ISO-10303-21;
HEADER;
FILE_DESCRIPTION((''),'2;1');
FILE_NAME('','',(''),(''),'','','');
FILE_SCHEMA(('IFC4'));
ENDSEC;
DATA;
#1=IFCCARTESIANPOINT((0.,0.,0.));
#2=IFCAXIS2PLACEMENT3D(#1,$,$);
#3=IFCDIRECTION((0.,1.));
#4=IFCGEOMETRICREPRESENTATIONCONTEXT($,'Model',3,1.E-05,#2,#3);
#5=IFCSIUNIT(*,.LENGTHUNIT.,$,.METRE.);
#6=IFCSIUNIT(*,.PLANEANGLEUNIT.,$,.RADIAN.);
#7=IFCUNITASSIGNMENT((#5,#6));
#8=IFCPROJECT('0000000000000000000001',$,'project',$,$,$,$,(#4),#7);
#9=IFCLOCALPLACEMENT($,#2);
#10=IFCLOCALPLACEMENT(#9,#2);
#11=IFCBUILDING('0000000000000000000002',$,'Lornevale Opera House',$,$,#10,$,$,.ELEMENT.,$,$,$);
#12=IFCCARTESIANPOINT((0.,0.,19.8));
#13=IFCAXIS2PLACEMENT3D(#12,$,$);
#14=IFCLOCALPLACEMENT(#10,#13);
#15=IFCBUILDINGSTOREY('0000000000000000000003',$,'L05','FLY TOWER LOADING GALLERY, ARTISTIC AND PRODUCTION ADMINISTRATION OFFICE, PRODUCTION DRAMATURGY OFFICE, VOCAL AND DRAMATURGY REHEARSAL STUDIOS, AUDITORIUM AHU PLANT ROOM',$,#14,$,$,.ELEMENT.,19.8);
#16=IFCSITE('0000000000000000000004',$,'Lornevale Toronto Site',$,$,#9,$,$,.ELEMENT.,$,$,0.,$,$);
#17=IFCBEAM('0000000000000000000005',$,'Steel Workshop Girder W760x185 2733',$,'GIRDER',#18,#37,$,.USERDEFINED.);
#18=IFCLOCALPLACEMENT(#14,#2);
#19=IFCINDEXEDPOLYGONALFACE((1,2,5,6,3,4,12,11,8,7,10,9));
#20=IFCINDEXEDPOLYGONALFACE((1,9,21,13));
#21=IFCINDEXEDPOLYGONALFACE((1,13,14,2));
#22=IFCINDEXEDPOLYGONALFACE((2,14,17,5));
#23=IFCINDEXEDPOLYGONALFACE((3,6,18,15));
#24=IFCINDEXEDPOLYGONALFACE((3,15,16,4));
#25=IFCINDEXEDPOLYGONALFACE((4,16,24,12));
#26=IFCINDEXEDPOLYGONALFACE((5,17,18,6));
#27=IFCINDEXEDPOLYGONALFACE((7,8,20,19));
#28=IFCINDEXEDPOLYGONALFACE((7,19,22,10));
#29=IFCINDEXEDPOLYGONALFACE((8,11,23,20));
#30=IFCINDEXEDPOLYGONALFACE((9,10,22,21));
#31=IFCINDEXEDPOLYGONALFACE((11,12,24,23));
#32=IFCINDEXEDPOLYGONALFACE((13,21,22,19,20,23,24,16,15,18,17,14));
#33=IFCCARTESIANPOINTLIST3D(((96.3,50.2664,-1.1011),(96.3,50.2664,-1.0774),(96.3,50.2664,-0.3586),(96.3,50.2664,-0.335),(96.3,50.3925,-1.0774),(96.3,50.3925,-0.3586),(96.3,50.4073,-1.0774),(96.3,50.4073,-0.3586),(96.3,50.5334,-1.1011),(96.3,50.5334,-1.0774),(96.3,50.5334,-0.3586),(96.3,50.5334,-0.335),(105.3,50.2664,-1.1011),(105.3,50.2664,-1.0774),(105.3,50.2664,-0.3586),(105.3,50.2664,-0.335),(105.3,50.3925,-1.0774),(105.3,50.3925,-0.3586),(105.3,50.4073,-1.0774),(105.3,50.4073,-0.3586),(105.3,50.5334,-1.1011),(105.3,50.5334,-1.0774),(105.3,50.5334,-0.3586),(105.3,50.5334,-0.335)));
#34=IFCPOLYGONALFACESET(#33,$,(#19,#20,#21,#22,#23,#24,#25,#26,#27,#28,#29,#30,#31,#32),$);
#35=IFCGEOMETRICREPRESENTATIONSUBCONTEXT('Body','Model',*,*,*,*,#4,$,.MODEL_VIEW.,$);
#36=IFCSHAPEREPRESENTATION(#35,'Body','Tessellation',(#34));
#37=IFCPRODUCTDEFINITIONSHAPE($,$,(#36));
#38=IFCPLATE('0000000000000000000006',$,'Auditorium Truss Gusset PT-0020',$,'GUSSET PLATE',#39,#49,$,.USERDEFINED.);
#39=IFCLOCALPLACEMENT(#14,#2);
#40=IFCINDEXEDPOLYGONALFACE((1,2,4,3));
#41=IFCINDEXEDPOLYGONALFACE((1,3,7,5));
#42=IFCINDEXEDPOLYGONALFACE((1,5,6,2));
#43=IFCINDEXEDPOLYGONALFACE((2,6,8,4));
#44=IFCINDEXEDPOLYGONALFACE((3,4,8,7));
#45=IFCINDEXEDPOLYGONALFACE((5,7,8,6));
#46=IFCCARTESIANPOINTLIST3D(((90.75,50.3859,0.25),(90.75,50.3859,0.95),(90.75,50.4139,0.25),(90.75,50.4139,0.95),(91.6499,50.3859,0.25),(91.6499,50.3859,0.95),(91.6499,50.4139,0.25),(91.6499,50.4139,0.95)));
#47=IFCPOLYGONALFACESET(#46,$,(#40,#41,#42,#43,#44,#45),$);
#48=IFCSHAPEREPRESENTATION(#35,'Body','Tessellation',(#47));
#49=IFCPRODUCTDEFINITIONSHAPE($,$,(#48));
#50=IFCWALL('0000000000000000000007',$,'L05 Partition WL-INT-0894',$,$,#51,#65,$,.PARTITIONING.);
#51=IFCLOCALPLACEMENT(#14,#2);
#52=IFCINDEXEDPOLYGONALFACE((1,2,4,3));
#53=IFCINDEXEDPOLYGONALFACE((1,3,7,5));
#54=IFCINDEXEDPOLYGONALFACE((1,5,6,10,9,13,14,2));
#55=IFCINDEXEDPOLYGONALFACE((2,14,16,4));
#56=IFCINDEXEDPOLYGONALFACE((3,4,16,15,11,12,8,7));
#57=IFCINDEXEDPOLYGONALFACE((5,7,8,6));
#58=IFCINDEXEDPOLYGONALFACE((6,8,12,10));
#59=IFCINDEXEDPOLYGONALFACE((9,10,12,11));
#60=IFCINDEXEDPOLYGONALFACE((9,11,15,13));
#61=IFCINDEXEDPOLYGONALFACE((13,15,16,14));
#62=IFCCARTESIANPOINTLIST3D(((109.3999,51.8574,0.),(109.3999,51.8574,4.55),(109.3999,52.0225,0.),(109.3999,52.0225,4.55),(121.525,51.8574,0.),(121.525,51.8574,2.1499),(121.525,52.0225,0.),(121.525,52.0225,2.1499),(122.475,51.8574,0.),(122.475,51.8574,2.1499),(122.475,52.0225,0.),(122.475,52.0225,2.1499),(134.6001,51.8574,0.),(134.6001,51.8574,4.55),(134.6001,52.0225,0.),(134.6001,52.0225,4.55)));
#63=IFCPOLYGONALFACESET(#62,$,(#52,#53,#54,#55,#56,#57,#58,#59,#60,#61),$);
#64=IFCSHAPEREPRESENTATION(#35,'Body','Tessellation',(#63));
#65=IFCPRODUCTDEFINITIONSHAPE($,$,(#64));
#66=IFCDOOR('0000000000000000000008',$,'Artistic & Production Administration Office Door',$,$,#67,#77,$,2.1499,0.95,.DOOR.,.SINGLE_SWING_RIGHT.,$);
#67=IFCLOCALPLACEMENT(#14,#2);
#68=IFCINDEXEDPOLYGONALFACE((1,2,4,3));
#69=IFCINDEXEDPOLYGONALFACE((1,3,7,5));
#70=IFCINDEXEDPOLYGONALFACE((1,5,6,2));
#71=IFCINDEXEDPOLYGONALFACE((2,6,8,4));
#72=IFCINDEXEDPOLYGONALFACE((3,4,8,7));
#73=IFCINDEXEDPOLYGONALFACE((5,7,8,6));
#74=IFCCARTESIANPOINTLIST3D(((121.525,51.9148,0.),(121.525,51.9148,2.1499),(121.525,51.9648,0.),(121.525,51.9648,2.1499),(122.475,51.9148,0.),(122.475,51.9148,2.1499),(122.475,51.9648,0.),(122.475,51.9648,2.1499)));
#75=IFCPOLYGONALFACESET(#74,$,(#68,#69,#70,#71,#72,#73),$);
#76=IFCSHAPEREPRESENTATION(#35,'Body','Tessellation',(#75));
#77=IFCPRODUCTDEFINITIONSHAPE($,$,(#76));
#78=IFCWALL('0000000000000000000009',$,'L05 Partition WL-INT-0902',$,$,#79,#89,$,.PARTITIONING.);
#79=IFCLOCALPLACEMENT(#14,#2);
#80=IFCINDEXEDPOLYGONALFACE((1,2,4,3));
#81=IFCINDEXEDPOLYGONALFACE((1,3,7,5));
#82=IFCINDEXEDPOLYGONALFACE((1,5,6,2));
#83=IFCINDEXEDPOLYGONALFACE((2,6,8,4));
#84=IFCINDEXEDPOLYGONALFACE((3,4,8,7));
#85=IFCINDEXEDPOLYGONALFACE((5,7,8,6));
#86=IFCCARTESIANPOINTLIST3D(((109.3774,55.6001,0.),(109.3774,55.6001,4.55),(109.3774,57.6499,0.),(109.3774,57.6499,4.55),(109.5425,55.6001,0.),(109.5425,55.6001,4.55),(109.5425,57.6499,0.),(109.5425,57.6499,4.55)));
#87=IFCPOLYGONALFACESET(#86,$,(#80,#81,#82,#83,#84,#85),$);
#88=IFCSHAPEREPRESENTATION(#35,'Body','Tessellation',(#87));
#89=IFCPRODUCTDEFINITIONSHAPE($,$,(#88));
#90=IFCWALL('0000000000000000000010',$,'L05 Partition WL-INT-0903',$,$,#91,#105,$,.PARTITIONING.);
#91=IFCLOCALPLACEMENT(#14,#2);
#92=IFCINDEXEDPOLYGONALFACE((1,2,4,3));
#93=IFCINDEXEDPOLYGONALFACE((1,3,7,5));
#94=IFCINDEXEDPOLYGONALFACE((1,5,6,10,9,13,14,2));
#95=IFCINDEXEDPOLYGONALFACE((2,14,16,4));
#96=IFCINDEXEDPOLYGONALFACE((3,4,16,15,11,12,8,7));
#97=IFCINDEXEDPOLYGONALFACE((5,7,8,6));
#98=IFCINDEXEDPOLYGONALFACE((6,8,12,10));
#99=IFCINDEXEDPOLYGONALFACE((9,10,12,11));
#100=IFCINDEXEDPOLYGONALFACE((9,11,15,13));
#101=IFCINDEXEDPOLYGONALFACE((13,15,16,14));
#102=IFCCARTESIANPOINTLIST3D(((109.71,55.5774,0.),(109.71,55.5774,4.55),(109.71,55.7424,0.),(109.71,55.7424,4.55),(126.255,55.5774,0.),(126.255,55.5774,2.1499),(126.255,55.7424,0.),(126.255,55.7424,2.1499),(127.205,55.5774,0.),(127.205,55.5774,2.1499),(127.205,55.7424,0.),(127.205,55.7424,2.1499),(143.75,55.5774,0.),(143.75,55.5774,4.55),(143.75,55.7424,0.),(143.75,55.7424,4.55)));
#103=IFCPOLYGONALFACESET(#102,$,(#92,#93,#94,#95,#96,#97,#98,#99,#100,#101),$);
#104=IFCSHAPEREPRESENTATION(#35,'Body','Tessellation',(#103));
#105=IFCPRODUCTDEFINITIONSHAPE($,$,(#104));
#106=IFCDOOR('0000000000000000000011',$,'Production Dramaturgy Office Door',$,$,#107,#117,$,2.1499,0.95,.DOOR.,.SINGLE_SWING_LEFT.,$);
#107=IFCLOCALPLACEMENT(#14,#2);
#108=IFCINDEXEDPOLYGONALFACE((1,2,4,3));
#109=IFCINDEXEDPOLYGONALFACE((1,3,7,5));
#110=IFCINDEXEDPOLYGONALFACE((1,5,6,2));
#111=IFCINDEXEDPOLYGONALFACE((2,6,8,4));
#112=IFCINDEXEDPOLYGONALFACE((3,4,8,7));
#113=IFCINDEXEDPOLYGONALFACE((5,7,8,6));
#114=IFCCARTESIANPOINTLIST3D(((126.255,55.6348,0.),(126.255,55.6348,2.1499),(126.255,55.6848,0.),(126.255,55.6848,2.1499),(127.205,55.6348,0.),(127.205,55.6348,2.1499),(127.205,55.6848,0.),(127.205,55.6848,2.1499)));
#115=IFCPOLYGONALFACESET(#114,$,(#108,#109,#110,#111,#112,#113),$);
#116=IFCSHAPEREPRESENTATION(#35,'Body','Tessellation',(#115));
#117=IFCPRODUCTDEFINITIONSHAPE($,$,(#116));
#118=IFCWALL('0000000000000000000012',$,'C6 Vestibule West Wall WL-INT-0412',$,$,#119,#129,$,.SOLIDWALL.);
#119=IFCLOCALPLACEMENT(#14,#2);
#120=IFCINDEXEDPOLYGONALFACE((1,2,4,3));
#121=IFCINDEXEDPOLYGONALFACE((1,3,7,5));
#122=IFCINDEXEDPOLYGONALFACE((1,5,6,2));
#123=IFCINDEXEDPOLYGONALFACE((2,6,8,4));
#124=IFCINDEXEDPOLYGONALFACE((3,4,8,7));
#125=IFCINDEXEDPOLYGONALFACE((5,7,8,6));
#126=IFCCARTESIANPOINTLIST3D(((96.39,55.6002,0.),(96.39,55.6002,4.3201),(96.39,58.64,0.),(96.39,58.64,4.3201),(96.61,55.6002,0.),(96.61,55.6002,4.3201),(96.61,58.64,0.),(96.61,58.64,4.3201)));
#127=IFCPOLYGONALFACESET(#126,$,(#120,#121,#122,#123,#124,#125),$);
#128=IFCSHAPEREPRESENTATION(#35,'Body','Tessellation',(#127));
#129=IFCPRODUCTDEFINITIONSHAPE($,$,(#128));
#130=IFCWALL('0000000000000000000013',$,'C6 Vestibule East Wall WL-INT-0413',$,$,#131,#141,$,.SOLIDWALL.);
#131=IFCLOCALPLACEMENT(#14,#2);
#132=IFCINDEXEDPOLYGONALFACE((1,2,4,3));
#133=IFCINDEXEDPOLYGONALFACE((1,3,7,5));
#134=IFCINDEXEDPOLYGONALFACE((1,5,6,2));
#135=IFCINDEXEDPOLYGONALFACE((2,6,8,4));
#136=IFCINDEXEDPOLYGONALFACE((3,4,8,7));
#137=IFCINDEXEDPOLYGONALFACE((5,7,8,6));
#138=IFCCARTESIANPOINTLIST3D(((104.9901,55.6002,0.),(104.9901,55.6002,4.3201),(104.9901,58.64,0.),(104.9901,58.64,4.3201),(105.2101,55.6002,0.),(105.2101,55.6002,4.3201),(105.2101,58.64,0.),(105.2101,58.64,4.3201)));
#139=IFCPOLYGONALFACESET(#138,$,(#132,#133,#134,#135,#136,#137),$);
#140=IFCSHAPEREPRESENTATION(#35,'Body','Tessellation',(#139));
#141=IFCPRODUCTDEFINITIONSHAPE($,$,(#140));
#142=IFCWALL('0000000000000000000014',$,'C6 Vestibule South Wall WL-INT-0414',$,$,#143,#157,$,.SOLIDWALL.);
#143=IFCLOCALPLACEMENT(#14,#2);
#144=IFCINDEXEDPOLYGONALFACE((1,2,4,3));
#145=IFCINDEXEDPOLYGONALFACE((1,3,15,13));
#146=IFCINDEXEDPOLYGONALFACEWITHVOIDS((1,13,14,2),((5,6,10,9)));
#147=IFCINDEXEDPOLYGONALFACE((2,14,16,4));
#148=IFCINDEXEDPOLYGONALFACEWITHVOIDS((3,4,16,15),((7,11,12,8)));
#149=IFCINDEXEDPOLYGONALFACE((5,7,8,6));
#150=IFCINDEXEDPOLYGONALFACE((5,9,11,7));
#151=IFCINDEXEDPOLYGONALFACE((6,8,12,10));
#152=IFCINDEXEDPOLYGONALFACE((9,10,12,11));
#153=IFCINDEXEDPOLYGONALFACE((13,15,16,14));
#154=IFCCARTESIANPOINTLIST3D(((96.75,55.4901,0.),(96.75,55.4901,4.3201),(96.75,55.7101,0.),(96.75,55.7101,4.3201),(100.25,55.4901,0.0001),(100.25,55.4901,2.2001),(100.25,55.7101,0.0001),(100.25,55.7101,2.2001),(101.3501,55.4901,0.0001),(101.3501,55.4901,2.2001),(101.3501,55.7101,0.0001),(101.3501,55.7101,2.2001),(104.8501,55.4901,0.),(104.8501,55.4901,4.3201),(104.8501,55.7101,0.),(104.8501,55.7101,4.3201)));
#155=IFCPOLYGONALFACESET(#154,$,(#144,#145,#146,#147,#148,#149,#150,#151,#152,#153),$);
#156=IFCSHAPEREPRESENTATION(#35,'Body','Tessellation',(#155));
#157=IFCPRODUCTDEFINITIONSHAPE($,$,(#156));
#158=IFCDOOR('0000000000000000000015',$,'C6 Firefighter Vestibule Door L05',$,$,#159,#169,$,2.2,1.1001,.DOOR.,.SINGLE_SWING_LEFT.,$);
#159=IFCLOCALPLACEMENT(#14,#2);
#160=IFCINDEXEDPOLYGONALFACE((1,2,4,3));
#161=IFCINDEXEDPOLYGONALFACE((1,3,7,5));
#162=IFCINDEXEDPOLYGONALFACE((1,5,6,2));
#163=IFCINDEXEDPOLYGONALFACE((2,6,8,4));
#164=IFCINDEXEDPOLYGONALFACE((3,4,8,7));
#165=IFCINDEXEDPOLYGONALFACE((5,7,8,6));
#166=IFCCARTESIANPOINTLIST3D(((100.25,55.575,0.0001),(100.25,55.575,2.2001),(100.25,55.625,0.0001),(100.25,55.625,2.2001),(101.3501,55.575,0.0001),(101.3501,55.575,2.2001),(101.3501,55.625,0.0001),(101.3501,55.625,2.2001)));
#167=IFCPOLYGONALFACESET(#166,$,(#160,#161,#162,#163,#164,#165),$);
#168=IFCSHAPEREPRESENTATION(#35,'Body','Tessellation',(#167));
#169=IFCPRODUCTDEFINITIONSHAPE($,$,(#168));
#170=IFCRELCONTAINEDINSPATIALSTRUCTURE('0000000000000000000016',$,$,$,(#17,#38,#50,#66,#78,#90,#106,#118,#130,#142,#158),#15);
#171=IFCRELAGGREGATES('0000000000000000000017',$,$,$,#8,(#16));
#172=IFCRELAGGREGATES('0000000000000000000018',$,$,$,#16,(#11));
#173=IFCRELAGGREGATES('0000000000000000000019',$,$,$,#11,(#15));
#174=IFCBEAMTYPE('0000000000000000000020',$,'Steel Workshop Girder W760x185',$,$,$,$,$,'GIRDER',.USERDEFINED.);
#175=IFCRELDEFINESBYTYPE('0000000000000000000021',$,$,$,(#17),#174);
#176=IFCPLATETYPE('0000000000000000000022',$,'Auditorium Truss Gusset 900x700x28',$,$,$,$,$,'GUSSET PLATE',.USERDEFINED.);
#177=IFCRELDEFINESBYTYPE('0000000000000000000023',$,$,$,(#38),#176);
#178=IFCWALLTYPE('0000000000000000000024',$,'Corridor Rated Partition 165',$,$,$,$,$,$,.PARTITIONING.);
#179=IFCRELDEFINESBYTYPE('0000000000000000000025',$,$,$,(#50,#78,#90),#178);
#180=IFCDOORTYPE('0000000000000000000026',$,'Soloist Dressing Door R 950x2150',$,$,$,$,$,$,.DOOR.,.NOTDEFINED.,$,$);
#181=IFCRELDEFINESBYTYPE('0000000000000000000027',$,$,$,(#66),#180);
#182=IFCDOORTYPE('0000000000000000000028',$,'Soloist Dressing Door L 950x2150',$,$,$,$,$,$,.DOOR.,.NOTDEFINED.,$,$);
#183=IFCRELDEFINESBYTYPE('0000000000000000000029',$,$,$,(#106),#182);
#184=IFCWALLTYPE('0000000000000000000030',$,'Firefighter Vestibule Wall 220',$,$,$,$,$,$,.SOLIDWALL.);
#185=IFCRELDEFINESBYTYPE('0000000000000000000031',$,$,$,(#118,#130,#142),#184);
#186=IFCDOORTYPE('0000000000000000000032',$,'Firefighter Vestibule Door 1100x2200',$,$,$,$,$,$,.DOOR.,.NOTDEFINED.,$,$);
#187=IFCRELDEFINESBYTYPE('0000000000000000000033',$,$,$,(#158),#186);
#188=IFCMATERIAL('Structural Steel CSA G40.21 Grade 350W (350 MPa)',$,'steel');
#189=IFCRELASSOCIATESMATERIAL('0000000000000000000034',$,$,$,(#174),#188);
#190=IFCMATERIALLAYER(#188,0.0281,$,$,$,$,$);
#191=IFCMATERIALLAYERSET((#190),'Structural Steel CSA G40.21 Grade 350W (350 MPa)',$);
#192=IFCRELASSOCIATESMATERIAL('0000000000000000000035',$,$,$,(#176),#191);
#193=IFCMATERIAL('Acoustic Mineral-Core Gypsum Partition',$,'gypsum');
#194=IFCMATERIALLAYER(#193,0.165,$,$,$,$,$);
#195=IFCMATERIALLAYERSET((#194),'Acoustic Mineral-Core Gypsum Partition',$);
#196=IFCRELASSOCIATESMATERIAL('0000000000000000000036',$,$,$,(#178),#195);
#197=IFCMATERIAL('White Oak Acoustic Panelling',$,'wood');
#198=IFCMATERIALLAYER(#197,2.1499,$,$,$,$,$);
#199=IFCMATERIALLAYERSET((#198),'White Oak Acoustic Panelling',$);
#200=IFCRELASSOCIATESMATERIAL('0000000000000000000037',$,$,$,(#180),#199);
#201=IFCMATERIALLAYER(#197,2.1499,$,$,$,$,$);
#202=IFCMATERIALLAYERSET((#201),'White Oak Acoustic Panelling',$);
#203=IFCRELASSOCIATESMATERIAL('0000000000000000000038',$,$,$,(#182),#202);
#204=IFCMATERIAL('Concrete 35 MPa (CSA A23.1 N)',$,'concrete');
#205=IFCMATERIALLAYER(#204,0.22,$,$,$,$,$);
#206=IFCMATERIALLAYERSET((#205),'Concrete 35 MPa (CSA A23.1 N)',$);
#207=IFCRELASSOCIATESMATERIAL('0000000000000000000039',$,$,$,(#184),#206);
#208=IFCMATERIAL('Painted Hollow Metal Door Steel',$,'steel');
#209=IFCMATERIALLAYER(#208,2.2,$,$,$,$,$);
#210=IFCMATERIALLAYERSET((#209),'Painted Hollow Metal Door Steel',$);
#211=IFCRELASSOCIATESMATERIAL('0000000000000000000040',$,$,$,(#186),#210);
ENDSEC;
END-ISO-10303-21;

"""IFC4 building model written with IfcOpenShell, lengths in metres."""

from ifc_helpers import new_model, si_unit, direction, frame, frame_2d, origin, origin_2d, place, context, subcontext, project, spatial, rectangle, i_section, extrude, material, layer, layer_set, material_profile, profile_set, type_object, element, fill, save


model = new_model("IFC4")

# Units and contexts
model_context = context("Model", 3, precision=1e-05, world=origin(), true_north=direction((0.0, 1.0)))
body_context = subcontext(model_context, "Body", "Model", "MODEL_VIEW")
ifc_project = project(units=[si_unit("LENGTHUNIT", "METRE"), si_unit("PLANEANGLEUNIT", "RADIAN")], contexts=[model_context])

# Site, building, storey
site_placement = place(None, origin())
site = spatial("IfcSite", under=ifc_project, at=site_placement, Name="Lornevale Toronto Site", CompositionType="ELEMENT", RefElevation=0.0)
building_placement = place(site_placement, origin())
building = spatial("IfcBuilding", under=site, at=building_placement, Name="Lornevale Opera House", CompositionType="ELEMENT")
storey_placement = place(building_placement, frame((0.0, 0.0, 19.8)))
storey = spatial("IfcBuildingStorey", under=building, at=storey_placement, Name="L05", Description="FLY TOWER LOADING GALLERY, ARTISTIC AND PRODUCTION ADMINISTRATION OFFICE, PRODUCTION DRAMATURGY OFFICE, VOCAL AND DRAMATURGY REHEARSAL STUDIOS, AUDITORIUM AHU PLANT ROOM", CompositionType="ELEMENT", Elevation=19.8)

# Shared definitions
ifc_material_1 = material(Name="Structural Steel CSA G40.21 Grade 350W (350 MPa)", Category="steel")

# Beam
ifc_material_profile_1 = material_profile(ifc_material_1, i_section(OverallWidth=0.2671, OverallDepth=0.7661, WebThickness=0.0149, FlangeThickness=0.0237, at=origin_2d()), Name="W760x185")
ifc_profile_set_1 = profile_set([ifc_material_profile_1], Name="Structural Steel CSA G40.21 Grade 350W (350 MPa)")
beam_type_1 = type_object("IfcBeamType", Name="Steel Workshop Girder W760x185", ElementType="GIRDER", PredefinedType="USERDEFINED", material=ifc_profile_set_1)
beam_1_placement = place(storey_placement, frame((96.3, 50.3999, -0.718), z_axis=(1.0, 0.0, 0.0), x_axis=(0.0, 1.0, 0.0)))
element("IfcBeam", 1, at=beam_1_placement, inside=storey, type_object=beam_type_1, Name="Steel Workshop Girder W760x185 2733", ObjectType="GIRDER", PredefinedType="USERDEFINED", context=body_context, shape_type="SweptSolid", body=[
    extrude(i_section(OverallWidth=0.2671, OverallDepth=0.7661, WebThickness=0.0149, FlangeThickness=0.0237, at=origin_2d()), origin(), (0.0, 0.0, 1.0), 9.0),
])

# Plate
ifc_layer_1 = layer(ifc_material_1, 0.0281)
ifc_layer_set_1 = layer_set([ifc_layer_1], Name="Structural Steel CSA G40.21 Grade 350W (350 MPa)")
plate_type = type_object("IfcPlateType", Name="Auditorium Truss Gusset 900x700x28", ElementType="GUSSET PLATE", PredefinedType="USERDEFINED", material=ifc_layer_set_1)
plate_placement = place(storey_placement, frame((91.2, 50.3999, 0.25), z_axis=(0.0, 0.0, 1.0), x_axis=(1.0, 0.0, 0.0)))
element("IfcPlate", 2, at=plate_placement, inside=storey, type_object=plate_type, Name="Auditorium Truss Gusset PT-0020", ObjectType="GUSSET PLATE", PredefinedType="USERDEFINED", context=body_context, shape_type="SweptSolid", body=[
    extrude(rectangle(XDim=0.8999, YDim=0.0281, at=origin_2d()), origin(), (0.0, 0.0, 1.0), 0.7),
])

# Wall, opening, door
ifc_material_2 = material(Name="Acoustic Mineral-Core Gypsum Partition", Category="gypsum")
ifc_layer_2 = layer(ifc_material_2, 0.165)
ifc_layer_set_2 = layer_set([ifc_layer_2], Name="Acoustic Mineral-Core Gypsum Partition")
wall_type_1 = type_object("IfcWallType", Name="Corridor Rated Partition 165", PredefinedType="PARTITIONING", material=ifc_layer_set_2)
wall_1_placement = place(storey_placement, frame((109.3999, 51.9399, 0.0), z_axis=(0.0, 0.0, 1.0), x_axis=(1.0, 0.0, 0.0)))
wall_1 = element("IfcWall", 3, at=wall_1_placement, inside=storey, type_object=wall_type_1, Name="L05 Partition WL-INT-0894", PredefinedType="PARTITIONING", context=body_context, shape_type="SweptSolid", body=[
    extrude(rectangle(XDim=25.2002, YDim=0.165, at=frame_2d((12.6001, 0.0))), origin(), (0.0, 0.0, 1.0), 4.55),
])
opening_1_placement = place(wall_1_placement, frame((12.125, 0.0, 0.0)))
opening_1 = element("IfcOpeningElement", 4, at=opening_1_placement, cuts=wall_1, PredefinedType="OPENING", context=body_context, shape_type="SweptSolid", body=[
    extrude(rectangle(XDim=0.95, YDim=2.1499, at=frame_2d((0.4751, 1.075))), frame((0.0, 0.0925, 0.0), z_axis=(0.0, -1.0, 0.0), x_axis=(1.0, 0.0, 0.0)), (0.0, 0.0, 1.0), 0.1851),
])
ifc_material_3 = material(Name="White Oak Acoustic Panelling", Category="wood")
ifc_layer_3 = layer(ifc_material_3, 2.1499)
ifc_layer_set_3 = layer_set([ifc_layer_3], Name="White Oak Acoustic Panelling")
door_type_1 = type_object("IfcDoorType", Name="Soloist Dressing Door R 950x2150", OperationType="NOTDEFINED", PredefinedType="DOOR", material=ifc_layer_set_3)
door_1_placement = place(opening_1_placement, origin())
door_1 = element("IfcDoor", 5, at=door_1_placement, inside=storey, type_object=door_type_1, Name="Artistic & Production Administration Office Door", OperationType="SINGLE_SWING_RIGHT", OverallHeight=2.1499, OverallWidth=0.95, PredefinedType="DOOR", context=body_context, shape_type="SweptSolid", body=[
    extrude(rectangle(XDim=0.95, YDim=2.1499, at=frame_2d((0.4751, 1.075))), frame((0.0, 0.0249, 0.0), z_axis=(0.0, -1.0, 0.0), x_axis=(1.0, 0.0, 0.0)), (0.0, 0.0, 1.0), 0.05),
])
fill(opening_1, door_1)

# Wall
wall_2_placement = place(storey_placement, frame((109.46, 55.6001, 0.0), z_axis=(0.0, 0.0, 1.0), x_axis=(0.0, 1.0, 0.0)))
element("IfcWall", 6, at=wall_2_placement, inside=storey, type_object=wall_type_1, Name="L05 Partition WL-INT-0902", PredefinedType="PARTITIONING", context=body_context, shape_type="SweptSolid", body=[
    extrude(rectangle(XDim=2.0498, YDim=0.165, at=frame_2d((1.0249, 0.0))), origin(), (0.0, 0.0, 1.0), 4.55),
])

# Wall, opening, door
wall_3_placement = place(storey_placement, frame((109.71, 55.6599, 0.0), z_axis=(0.0, 0.0, 1.0), x_axis=(1.0, 0.0, 0.0)))
wall_3 = element("IfcWall", 7, at=wall_3_placement, inside=storey, type_object=wall_type_1, Name="L05 Partition WL-INT-0903", PredefinedType="PARTITIONING", context=body_context, shape_type="SweptSolid", body=[
    extrude(rectangle(XDim=34.04, YDim=0.165, at=frame_2d((17.02, 0.0))), origin(), (0.0, 0.0, 1.0), 4.55),
])
opening_2_placement = place(wall_3_placement, frame((16.5449, 0.0, 0.0)))
opening_2 = element("IfcOpeningElement", 8, at=opening_2_placement, cuts=wall_3, PredefinedType="OPENING", context=body_context, shape_type="SweptSolid", body=[
    extrude(rectangle(XDim=0.95, YDim=2.1499, at=frame_2d((0.4751, 1.075))), frame((0.0, 0.0925, 0.0), z_axis=(0.0, -1.0, 0.0), x_axis=(1.0, 0.0, 0.0)), (0.0, 0.0, 1.0), 0.1851),
])
ifc_layer_4 = layer(ifc_material_3, 2.1499)
ifc_layer_set_4 = layer_set([ifc_layer_4], Name="White Oak Acoustic Panelling")
door_type_2 = type_object("IfcDoorType", Name="Soloist Dressing Door L 950x2150", OperationType="NOTDEFINED", PredefinedType="DOOR", material=ifc_layer_set_4)
door_2_placement = place(opening_2_placement, origin())
door_2 = element("IfcDoor", 9, at=door_2_placement, inside=storey, type_object=door_type_2, Name="Production Dramaturgy Office Door", OperationType="SINGLE_SWING_LEFT", OverallHeight=2.1499, OverallWidth=0.95, PredefinedType="DOOR", context=body_context, shape_type="SweptSolid", body=[
    extrude(rectangle(XDim=0.95, YDim=2.1499, at=frame_2d((0.4751, 1.075))), frame((0.0, 0.0249, 0.0), z_axis=(0.0, -1.0, 0.0), x_axis=(1.0, 0.0, 0.0)), (0.0, 0.0, 1.0), 0.05),
])
fill(opening_2, door_2)

# Walls
ifc_material_4 = material(Name="Concrete 35 MPa (CSA A23.1 N)", Category="concrete")
ifc_layer_5 = layer(ifc_material_4, 0.22)
ifc_layer_set_5 = layer_set([ifc_layer_5], Name="Concrete 35 MPa (CSA A23.1 N)")
wall_type_2 = type_object("IfcWallType", Name="Firefighter Vestibule Wall 220", PredefinedType="SOLIDWALL", material=ifc_layer_set_5)
for number, where, z_axis, x_axis, name in (
    (10, (96.5, 55.6001, 0.0), (0.0, 0.0, 1.0), (0.0, 1.0, 0.0), "C6 Vestibule West Wall WL-INT-0412"),
    (11, (105.1001, 55.6001, 0.0), (0.0, 0.0, 1.0), (0.0, 1.0, 0.0), "C6 Vestibule East Wall WL-INT-0413"),
):
    element("IfcWall", number, at=place(storey_placement, frame(where, z_axis=z_axis, x_axis=x_axis)), inside=storey, type_object=wall_type_2, Name=name, PredefinedType="SOLIDWALL", context=body_context, shape_type="SweptSolid", body=[
        extrude(rectangle(XDim=3.0398, YDim=0.22, at=frame_2d((1.52, 0.0))), origin(), (0.0, 0.0, 1.0), 4.3201),
    ])

# Wall, opening, door
wall_4_placement = place(storey_placement, frame((96.75, 55.6001, 0.0), z_axis=(0.0, 0.0, 1.0), x_axis=(1.0, 0.0, 0.0)))
wall_4 = element("IfcWall", 12, at=wall_4_placement, inside=storey, type_object=wall_type_2, Name="C6 Vestibule South Wall WL-INT-0414", PredefinedType="SOLIDWALL", context=body_context, shape_type="SweptSolid", body=[
    extrude(rectangle(XDim=8.1001, YDim=0.22, at=frame_2d((4.05, 0.0))), origin(), (0.0, 0.0, 1.0), 4.3201),
])
opening_3_placement = place(wall_4_placement, frame((3.5, 0.0, 0.0)))
opening_3 = element("IfcOpeningElement", 13, at=opening_3_placement, cuts=wall_4, PredefinedType="OPENING", context=body_context, shape_type="SweptSolid", body=[
    extrude(rectangle(XDim=1.1001, YDim=2.2, at=frame_2d((0.55, 1.1001))), frame((0.0, 0.1199, 0.0), z_axis=(0.0, -1.0, 0.0), x_axis=(1.0, 0.0, 0.0)), (0.0, 0.0, 1.0), 0.24),
])
ifc_material_5 = material(Name="Painted Hollow Metal Door Steel", Category="steel")
ifc_layer_6 = layer(ifc_material_5, 2.2)
ifc_layer_set_6 = layer_set([ifc_layer_6], Name="Painted Hollow Metal Door Steel")
door_type_3 = type_object("IfcDoorType", Name="Firefighter Vestibule Door 1100x2200", OperationType="NOTDEFINED", PredefinedType="DOOR", material=ifc_layer_set_6)
door_3_placement = place(opening_3_placement, origin())
door_3 = element("IfcDoor", 14, at=door_3_placement, inside=storey, type_object=door_type_3, Name="C6 Firefighter Vestibule Door L05", OperationType="SINGLE_SWING_LEFT", OverallHeight=2.2, OverallWidth=1.1001, PredefinedType="DOOR", context=body_context, shape_type="SweptSolid", body=[
    extrude(rectangle(XDim=1.1001, YDim=2.2, at=frame_2d((0.55, 1.1001))), frame((0.0, 0.0249, 0.0), z_axis=(0.0, -1.0, 0.0), x_axis=(1.0, 0.0, 0.0)), (0.0, 0.0, 1.0), 0.05),
])
fill(opening_3, door_3)

save(model, "model.ifc")
